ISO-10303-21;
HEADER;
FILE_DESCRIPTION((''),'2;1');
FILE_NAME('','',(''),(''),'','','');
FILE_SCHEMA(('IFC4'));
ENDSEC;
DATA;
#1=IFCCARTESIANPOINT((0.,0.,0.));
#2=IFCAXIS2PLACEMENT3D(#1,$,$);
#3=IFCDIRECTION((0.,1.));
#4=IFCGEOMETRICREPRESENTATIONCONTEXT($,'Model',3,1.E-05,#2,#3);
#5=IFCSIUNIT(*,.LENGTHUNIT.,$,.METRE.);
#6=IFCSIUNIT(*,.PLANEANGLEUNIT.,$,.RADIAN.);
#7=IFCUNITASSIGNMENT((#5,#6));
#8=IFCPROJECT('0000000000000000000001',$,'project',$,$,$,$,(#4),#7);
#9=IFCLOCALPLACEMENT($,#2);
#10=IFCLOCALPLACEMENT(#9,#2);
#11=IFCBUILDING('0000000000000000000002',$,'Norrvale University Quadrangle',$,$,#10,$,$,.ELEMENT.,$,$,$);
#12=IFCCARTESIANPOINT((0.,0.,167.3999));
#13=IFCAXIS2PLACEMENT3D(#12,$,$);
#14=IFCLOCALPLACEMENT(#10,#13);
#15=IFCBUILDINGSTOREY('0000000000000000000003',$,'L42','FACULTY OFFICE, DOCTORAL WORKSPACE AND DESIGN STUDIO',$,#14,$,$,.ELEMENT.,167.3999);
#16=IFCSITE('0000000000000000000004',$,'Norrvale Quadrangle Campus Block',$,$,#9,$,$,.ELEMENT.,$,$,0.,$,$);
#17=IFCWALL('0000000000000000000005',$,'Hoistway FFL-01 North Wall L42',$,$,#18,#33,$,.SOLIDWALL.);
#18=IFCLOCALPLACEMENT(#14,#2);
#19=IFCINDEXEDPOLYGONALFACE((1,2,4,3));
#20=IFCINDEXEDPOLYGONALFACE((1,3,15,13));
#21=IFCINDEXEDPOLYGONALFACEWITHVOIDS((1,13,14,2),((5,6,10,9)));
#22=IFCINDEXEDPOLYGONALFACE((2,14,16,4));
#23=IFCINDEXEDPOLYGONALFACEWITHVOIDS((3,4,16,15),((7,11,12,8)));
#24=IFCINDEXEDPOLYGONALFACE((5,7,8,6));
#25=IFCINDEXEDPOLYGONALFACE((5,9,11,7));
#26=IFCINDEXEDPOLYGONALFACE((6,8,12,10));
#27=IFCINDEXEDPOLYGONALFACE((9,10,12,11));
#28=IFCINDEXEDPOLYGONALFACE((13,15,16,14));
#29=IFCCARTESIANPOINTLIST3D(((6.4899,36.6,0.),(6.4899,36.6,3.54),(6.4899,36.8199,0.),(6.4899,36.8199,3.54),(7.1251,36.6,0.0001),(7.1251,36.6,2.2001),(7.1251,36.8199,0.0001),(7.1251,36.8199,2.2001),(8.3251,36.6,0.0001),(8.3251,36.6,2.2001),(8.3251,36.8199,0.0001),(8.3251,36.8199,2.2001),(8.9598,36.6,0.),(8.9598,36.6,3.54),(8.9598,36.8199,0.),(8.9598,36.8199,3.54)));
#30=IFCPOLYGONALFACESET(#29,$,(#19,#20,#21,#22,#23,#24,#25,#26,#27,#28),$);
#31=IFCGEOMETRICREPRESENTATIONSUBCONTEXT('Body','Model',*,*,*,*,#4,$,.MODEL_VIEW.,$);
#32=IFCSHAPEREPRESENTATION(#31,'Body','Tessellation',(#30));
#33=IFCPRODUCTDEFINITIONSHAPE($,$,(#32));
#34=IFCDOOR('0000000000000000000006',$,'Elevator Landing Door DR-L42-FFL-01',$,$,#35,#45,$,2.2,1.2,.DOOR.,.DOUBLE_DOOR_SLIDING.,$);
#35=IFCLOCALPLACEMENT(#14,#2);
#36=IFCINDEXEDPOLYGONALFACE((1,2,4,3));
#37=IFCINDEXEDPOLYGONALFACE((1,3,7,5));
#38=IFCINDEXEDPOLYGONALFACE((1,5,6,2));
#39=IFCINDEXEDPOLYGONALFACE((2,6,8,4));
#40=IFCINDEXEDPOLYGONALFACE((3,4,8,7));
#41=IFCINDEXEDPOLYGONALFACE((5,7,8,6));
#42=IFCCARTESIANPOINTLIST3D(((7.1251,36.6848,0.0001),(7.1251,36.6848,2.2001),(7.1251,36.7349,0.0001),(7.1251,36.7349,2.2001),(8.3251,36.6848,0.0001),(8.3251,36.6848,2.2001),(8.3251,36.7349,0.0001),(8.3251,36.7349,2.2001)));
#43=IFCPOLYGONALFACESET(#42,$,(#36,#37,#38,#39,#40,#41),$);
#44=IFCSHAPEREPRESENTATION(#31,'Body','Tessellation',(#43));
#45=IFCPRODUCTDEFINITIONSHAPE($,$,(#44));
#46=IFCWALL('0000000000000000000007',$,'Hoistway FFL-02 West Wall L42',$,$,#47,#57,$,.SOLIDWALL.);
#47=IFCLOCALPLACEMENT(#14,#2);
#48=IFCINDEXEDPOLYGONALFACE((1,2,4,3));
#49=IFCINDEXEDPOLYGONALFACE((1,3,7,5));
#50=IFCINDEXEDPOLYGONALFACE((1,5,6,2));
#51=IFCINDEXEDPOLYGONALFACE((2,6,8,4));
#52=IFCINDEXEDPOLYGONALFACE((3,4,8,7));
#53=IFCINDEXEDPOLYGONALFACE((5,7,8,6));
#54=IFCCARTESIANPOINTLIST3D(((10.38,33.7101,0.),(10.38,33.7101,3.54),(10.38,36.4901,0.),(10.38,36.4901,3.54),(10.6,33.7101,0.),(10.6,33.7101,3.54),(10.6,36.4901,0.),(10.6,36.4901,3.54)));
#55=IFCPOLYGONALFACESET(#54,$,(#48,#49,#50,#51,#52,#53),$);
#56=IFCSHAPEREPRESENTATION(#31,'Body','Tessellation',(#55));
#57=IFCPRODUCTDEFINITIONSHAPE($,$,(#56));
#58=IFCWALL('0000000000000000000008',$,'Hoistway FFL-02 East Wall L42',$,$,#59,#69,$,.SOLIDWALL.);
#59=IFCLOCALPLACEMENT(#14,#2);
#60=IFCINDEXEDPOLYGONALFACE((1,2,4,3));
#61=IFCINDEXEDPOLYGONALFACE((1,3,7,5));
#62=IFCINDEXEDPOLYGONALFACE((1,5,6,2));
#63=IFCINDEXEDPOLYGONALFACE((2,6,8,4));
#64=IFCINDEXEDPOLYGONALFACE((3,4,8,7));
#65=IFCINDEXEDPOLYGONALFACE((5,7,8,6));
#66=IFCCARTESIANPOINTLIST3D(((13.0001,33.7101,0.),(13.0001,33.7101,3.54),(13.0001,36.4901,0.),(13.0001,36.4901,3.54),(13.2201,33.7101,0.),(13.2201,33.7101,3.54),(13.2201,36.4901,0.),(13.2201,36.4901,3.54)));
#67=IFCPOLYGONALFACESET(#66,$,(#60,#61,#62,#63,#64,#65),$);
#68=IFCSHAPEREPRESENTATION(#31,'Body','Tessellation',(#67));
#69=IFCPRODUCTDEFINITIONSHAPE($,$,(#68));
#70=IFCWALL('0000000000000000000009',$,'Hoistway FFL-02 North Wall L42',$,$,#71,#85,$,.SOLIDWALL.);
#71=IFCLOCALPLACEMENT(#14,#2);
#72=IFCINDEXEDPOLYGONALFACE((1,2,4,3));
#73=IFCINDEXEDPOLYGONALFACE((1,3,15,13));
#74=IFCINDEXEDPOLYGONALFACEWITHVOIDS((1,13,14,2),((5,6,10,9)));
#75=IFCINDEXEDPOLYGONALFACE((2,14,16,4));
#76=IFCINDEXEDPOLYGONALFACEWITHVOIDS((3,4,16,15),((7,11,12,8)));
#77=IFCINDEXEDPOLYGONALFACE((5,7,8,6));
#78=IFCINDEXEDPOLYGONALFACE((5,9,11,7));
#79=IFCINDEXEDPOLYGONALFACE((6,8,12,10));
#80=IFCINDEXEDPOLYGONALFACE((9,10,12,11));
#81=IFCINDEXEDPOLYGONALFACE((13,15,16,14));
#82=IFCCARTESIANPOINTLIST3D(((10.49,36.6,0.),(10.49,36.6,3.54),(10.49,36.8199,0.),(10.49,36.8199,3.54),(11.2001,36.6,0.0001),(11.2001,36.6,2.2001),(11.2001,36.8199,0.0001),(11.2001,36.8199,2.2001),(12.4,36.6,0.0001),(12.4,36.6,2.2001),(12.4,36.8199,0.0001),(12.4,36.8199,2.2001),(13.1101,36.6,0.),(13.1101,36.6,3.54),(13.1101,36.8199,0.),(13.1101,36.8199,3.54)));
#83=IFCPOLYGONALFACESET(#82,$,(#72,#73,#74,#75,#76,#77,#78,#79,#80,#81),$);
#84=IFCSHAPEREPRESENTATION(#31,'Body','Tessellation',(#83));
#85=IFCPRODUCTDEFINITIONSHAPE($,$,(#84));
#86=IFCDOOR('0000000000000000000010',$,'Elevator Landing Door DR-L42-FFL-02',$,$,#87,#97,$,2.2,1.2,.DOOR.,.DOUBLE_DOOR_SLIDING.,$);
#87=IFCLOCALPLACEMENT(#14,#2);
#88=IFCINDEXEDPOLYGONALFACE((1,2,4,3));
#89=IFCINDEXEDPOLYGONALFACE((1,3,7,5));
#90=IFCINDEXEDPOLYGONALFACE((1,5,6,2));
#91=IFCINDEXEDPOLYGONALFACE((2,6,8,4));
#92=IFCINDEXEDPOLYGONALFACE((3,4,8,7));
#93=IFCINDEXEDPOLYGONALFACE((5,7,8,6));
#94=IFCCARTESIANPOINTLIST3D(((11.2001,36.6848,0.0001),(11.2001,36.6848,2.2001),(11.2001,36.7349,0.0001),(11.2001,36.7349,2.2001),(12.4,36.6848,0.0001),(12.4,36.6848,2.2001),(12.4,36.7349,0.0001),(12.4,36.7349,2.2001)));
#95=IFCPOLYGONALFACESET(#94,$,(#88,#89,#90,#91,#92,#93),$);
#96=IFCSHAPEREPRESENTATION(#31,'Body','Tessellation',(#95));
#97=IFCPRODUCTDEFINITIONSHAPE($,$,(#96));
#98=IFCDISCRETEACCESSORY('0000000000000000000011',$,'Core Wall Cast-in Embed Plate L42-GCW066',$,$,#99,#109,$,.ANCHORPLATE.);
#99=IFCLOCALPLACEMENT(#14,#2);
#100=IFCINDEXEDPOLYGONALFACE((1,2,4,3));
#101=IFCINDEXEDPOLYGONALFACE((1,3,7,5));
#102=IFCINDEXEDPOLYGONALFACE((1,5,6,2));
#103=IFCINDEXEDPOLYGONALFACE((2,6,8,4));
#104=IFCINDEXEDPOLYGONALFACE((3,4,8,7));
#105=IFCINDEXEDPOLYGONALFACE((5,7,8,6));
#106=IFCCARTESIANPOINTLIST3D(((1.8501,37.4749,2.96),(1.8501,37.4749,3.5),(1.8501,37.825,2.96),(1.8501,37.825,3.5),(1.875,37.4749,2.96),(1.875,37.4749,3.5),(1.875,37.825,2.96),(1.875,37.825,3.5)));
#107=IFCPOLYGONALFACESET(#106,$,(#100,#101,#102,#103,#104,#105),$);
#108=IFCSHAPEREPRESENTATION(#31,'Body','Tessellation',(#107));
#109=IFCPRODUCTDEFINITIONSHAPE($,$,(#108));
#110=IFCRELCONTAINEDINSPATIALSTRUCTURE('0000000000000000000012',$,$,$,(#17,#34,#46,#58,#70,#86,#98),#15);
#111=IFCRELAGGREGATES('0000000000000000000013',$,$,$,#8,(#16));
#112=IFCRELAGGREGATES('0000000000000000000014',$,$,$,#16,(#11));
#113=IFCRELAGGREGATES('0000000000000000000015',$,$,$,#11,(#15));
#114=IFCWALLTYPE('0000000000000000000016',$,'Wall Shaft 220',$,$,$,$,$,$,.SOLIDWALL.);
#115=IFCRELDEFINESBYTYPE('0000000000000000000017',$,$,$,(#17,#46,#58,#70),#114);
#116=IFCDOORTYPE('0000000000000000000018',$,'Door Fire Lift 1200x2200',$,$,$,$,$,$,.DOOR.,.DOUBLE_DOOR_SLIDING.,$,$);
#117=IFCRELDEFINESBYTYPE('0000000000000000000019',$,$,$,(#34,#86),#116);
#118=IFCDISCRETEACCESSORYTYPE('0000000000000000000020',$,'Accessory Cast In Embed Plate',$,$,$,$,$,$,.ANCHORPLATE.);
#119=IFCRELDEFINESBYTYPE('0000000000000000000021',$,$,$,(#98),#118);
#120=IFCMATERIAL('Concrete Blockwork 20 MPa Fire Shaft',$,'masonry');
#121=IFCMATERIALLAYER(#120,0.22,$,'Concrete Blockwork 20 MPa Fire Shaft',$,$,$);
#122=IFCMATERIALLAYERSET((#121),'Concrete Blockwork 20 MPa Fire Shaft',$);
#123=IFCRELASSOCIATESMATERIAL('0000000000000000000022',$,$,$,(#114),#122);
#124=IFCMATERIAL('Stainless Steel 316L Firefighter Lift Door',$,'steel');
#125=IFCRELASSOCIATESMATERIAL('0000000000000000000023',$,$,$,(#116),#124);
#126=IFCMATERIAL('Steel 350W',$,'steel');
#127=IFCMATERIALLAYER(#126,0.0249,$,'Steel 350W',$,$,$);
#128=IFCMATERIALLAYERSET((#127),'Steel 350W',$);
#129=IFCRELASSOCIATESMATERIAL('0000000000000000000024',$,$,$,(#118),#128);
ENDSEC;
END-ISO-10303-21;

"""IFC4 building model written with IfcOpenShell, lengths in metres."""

from ifc_helpers import new_model, si_unit, direction, frame, frame_2d, origin, origin_2d, place, context, subcontext, project, spatial, rectangle, extrude, material, layer, layer_set, type_object, element, fill, save


model = new_model("IFC4")

# Units and contexts
model_context = context("Model", 3, precision=1e-05, world=origin(), true_north=direction((0.0, 1.0)))
body_context = subcontext(model_context, "Body", "Model", "MODEL_VIEW")
ifc_project = project(units=[si_unit("LENGTHUNIT", "METRE"), si_unit("PLANEANGLEUNIT", "RADIAN")], contexts=[model_context])

# Site, building, storey
site_placement = place(None, origin())
site = spatial("IfcSite", under=ifc_project, at=site_placement, Name="Norrvale Quadrangle Campus Block", CompositionType="ELEMENT", RefElevation=0.0)
building_placement = place(site_placement, origin())
building = spatial("IfcBuilding", under=site, at=building_placement, Name="Norrvale University Quadrangle", CompositionType="ELEMENT")
storey_placement = place(building_placement, frame((0.0, 0.0, 167.3999)))
storey = spatial("IfcBuildingStorey", under=building, at=storey_placement, Name="L42", Description="FACULTY OFFICE, DOCTORAL WORKSPACE AND DESIGN STUDIO", CompositionType="ELEMENT", Elevation=167.3999)

# Shared definitions
ifc_material_1 = material(Name="Steel 350W", Category="steel")

# Shared definitions
ifc_material_2 = material(Name="Concrete Blockwork 20 MPa Fire Shaft", Category="masonry")
ifc_layer_1 = layer(ifc_material_2, 0.22, Name="Concrete Blockwork 20 MPa Fire Shaft")
ifc_layer_set_1 = layer_set([ifc_layer_1], Name="Concrete Blockwork 20 MPa Fire Shaft")
wall_type_1 = type_object("IfcWallType", Name="Wall Shaft 220", PredefinedType="SOLIDWALL", material=ifc_layer_set_1)

# Wall, opening, door
wall_1_placement = place(storey_placement, frame((6.49, 36.71, 0.0), z_axis=(0.0, 0.0, 1.0), x_axis=(1.0, 0.0, 0.0)))
wall_1 = element("IfcWall", 1, at=wall_1_placement, inside=storey, type_object=wall_type_1, Name="Hoistway FFL-01 North Wall L42", PredefinedType="SOLIDWALL", context=body_context, shape_type="SweptSolid", body=[
    extrude(rectangle(XDim=2.47, YDim=0.22, at=frame_2d((1.2349, 0.0))), origin(), (0.0, 0.0, 1.0), 3.54),
])
opening_1_placement = place(wall_1_placement, frame((0.635, 0.0, 0.0)))
opening_1 = element("IfcOpeningElement", 2, at=opening_1_placement, cuts=wall_1, PredefinedType="OPENING", context=body_context, shape_type="SweptSolid", body=[
    extrude(rectangle(XDim=1.2, YDim=2.2, at=frame_2d((0.6001, 1.1001))), frame((0.0, 0.1221, 0.0), z_axis=(0.0, -1.0, 0.0), x_axis=(1.0, 0.0, 0.0)), (0.0, 0.0, 1.0), 0.2439),
])
ifc_material_3 = material(Name="Stainless Steel 316L Firefighter Lift Door", Category="steel")
door_type_1 = type_object("IfcDoorType", Name="Door Fire Lift 1200x2200", OperationType="DOUBLE_DOOR_SLIDING", PredefinedType="DOOR", material=ifc_material_3)
door_1_placement = place(opening_1_placement, origin())
door_1 = element("IfcDoor", 3, at=door_1_placement, inside=storey, type_object=door_type_1, Name="Elevator Landing Door DR-L42-FFL-01", OperationType="DOUBLE_DOOR_SLIDING", OverallHeight=2.2, OverallWidth=1.2, PredefinedType="DOOR", context=body_context, shape_type="SweptSolid", body=[
    extrude(rectangle(XDim=1.2, YDim=2.2, at=frame_2d((0.6001, 1.1001))), frame((0.0, 0.0249, 0.0), z_axis=(0.0, -1.0, 0.0), x_axis=(1.0, 0.0, 0.0)), (0.0, 0.0, 1.0), 0.05),
])
fill(opening_1, door_1)

# Walls
for number, where, z_axis, x_axis, name in (
    (4, (10.49, 33.71, 0.0), (0.0, 0.0, 1.0), (0.0, 1.0, 0.0), "Hoistway FFL-02 West Wall L42"),
    (5, (13.1101, 33.71, 0.0), (0.0, 0.0, 1.0), (0.0, 1.0, 0.0), "Hoistway FFL-02 East Wall L42"),
):
    element("IfcWall", number, at=place(storey_placement, frame(where, z_axis=z_axis, x_axis=x_axis)), inside=storey, type_object=wall_type_1, Name=name, PredefinedType="SOLIDWALL", context=body_context, shape_type="SweptSolid", body=[
        extrude(rectangle(XDim=2.78, YDim=0.22, at=frame_2d((1.3901, 0.0))), origin(), (0.0, 0.0, 1.0), 3.54),
    ])

# Wall, opening, door
wall_2_placement = place(storey_placement, frame((10.49, 36.71, 0.0), z_axis=(0.0, 0.0, 1.0), x_axis=(1.0, 0.0, 0.0)))
wall_2 = element("IfcWall", 6, at=wall_2_placement, inside=storey, type_object=wall_type_1, Name="Hoistway FFL-02 North Wall L42", PredefinedType="SOLIDWALL", context=body_context, shape_type="SweptSolid", body=[
    extrude(rectangle(XDim=2.6201, YDim=0.22, at=frame_2d((1.3101, 0.0))), origin(), (0.0, 0.0, 1.0), 3.54),
])
opening_2_placement = place(wall_2_placement, frame((0.71, 0.0, 0.0)))
opening_2 = element("IfcOpeningElement", 7, at=opening_2_placement, cuts=wall_2, PredefinedType="OPENING", context=body_context, shape_type="SweptSolid", body=[
    extrude(rectangle(XDim=1.2, YDim=2.2, at=frame_2d((0.6001, 1.1001))), frame((0.0, 0.1221, 0.0), z_axis=(0.0, -1.0, 0.0), x_axis=(1.0, 0.0, 0.0)), (0.0, 0.0, 1.0), 0.2439),
])
door_2_placement = place(opening_2_placement, origin())
door_2 = element("IfcDoor", 8, at=door_2_placement, inside=storey, type_object=door_type_1, Name="Elevator Landing Door DR-L42-FFL-02", OperationType="DOUBLE_DOOR_SLIDING", OverallHeight=2.2, OverallWidth=1.2, PredefinedType="DOOR", context=body_context, shape_type="SweptSolid", body=[
    extrude(rectangle(XDim=1.2, YDim=2.2, at=frame_2d((0.6001, 1.1001))), frame((0.0, 0.0249, 0.0), z_axis=(0.0, -1.0, 0.0), x_axis=(1.0, 0.0, 0.0)), (0.0, 0.0, 1.0), 0.05),
])
fill(opening_2, door_2)

# Discrete accessory
ifc_layer_2 = layer(ifc_material_1, 0.0249, Name="Steel 350W")
ifc_layer_set_2 = layer_set([ifc_layer_2], Name="Steel 350W")
discrete_accessory_type = type_object("IfcDiscreteAccessoryType", Name="Accessory Cast In Embed Plate", PredefinedType="ANCHORPLATE", material=ifc_layer_set_2)
discrete_accessory_placement = place(storey_placement, frame((1.8625, 37.6499, 2.96), z_axis=(0.0, 0.0, 1.0), x_axis=(1.0, 0.0, 0.0)))
element("IfcDiscreteAccessory", 9, at=discrete_accessory_placement, inside=storey, type_object=discrete_accessory_type, Name="Core Wall Cast-in Embed Plate L42-GCW066", PredefinedType="ANCHORPLATE", context=body_context, shape_type="SweptSolid", body=[
    extrude(rectangle(XDim=0.0249, YDim=0.3501, at=origin_2d()), origin(), (0.0, 0.0, 1.0), 0.54),
])

save(model, "model.ifc")
